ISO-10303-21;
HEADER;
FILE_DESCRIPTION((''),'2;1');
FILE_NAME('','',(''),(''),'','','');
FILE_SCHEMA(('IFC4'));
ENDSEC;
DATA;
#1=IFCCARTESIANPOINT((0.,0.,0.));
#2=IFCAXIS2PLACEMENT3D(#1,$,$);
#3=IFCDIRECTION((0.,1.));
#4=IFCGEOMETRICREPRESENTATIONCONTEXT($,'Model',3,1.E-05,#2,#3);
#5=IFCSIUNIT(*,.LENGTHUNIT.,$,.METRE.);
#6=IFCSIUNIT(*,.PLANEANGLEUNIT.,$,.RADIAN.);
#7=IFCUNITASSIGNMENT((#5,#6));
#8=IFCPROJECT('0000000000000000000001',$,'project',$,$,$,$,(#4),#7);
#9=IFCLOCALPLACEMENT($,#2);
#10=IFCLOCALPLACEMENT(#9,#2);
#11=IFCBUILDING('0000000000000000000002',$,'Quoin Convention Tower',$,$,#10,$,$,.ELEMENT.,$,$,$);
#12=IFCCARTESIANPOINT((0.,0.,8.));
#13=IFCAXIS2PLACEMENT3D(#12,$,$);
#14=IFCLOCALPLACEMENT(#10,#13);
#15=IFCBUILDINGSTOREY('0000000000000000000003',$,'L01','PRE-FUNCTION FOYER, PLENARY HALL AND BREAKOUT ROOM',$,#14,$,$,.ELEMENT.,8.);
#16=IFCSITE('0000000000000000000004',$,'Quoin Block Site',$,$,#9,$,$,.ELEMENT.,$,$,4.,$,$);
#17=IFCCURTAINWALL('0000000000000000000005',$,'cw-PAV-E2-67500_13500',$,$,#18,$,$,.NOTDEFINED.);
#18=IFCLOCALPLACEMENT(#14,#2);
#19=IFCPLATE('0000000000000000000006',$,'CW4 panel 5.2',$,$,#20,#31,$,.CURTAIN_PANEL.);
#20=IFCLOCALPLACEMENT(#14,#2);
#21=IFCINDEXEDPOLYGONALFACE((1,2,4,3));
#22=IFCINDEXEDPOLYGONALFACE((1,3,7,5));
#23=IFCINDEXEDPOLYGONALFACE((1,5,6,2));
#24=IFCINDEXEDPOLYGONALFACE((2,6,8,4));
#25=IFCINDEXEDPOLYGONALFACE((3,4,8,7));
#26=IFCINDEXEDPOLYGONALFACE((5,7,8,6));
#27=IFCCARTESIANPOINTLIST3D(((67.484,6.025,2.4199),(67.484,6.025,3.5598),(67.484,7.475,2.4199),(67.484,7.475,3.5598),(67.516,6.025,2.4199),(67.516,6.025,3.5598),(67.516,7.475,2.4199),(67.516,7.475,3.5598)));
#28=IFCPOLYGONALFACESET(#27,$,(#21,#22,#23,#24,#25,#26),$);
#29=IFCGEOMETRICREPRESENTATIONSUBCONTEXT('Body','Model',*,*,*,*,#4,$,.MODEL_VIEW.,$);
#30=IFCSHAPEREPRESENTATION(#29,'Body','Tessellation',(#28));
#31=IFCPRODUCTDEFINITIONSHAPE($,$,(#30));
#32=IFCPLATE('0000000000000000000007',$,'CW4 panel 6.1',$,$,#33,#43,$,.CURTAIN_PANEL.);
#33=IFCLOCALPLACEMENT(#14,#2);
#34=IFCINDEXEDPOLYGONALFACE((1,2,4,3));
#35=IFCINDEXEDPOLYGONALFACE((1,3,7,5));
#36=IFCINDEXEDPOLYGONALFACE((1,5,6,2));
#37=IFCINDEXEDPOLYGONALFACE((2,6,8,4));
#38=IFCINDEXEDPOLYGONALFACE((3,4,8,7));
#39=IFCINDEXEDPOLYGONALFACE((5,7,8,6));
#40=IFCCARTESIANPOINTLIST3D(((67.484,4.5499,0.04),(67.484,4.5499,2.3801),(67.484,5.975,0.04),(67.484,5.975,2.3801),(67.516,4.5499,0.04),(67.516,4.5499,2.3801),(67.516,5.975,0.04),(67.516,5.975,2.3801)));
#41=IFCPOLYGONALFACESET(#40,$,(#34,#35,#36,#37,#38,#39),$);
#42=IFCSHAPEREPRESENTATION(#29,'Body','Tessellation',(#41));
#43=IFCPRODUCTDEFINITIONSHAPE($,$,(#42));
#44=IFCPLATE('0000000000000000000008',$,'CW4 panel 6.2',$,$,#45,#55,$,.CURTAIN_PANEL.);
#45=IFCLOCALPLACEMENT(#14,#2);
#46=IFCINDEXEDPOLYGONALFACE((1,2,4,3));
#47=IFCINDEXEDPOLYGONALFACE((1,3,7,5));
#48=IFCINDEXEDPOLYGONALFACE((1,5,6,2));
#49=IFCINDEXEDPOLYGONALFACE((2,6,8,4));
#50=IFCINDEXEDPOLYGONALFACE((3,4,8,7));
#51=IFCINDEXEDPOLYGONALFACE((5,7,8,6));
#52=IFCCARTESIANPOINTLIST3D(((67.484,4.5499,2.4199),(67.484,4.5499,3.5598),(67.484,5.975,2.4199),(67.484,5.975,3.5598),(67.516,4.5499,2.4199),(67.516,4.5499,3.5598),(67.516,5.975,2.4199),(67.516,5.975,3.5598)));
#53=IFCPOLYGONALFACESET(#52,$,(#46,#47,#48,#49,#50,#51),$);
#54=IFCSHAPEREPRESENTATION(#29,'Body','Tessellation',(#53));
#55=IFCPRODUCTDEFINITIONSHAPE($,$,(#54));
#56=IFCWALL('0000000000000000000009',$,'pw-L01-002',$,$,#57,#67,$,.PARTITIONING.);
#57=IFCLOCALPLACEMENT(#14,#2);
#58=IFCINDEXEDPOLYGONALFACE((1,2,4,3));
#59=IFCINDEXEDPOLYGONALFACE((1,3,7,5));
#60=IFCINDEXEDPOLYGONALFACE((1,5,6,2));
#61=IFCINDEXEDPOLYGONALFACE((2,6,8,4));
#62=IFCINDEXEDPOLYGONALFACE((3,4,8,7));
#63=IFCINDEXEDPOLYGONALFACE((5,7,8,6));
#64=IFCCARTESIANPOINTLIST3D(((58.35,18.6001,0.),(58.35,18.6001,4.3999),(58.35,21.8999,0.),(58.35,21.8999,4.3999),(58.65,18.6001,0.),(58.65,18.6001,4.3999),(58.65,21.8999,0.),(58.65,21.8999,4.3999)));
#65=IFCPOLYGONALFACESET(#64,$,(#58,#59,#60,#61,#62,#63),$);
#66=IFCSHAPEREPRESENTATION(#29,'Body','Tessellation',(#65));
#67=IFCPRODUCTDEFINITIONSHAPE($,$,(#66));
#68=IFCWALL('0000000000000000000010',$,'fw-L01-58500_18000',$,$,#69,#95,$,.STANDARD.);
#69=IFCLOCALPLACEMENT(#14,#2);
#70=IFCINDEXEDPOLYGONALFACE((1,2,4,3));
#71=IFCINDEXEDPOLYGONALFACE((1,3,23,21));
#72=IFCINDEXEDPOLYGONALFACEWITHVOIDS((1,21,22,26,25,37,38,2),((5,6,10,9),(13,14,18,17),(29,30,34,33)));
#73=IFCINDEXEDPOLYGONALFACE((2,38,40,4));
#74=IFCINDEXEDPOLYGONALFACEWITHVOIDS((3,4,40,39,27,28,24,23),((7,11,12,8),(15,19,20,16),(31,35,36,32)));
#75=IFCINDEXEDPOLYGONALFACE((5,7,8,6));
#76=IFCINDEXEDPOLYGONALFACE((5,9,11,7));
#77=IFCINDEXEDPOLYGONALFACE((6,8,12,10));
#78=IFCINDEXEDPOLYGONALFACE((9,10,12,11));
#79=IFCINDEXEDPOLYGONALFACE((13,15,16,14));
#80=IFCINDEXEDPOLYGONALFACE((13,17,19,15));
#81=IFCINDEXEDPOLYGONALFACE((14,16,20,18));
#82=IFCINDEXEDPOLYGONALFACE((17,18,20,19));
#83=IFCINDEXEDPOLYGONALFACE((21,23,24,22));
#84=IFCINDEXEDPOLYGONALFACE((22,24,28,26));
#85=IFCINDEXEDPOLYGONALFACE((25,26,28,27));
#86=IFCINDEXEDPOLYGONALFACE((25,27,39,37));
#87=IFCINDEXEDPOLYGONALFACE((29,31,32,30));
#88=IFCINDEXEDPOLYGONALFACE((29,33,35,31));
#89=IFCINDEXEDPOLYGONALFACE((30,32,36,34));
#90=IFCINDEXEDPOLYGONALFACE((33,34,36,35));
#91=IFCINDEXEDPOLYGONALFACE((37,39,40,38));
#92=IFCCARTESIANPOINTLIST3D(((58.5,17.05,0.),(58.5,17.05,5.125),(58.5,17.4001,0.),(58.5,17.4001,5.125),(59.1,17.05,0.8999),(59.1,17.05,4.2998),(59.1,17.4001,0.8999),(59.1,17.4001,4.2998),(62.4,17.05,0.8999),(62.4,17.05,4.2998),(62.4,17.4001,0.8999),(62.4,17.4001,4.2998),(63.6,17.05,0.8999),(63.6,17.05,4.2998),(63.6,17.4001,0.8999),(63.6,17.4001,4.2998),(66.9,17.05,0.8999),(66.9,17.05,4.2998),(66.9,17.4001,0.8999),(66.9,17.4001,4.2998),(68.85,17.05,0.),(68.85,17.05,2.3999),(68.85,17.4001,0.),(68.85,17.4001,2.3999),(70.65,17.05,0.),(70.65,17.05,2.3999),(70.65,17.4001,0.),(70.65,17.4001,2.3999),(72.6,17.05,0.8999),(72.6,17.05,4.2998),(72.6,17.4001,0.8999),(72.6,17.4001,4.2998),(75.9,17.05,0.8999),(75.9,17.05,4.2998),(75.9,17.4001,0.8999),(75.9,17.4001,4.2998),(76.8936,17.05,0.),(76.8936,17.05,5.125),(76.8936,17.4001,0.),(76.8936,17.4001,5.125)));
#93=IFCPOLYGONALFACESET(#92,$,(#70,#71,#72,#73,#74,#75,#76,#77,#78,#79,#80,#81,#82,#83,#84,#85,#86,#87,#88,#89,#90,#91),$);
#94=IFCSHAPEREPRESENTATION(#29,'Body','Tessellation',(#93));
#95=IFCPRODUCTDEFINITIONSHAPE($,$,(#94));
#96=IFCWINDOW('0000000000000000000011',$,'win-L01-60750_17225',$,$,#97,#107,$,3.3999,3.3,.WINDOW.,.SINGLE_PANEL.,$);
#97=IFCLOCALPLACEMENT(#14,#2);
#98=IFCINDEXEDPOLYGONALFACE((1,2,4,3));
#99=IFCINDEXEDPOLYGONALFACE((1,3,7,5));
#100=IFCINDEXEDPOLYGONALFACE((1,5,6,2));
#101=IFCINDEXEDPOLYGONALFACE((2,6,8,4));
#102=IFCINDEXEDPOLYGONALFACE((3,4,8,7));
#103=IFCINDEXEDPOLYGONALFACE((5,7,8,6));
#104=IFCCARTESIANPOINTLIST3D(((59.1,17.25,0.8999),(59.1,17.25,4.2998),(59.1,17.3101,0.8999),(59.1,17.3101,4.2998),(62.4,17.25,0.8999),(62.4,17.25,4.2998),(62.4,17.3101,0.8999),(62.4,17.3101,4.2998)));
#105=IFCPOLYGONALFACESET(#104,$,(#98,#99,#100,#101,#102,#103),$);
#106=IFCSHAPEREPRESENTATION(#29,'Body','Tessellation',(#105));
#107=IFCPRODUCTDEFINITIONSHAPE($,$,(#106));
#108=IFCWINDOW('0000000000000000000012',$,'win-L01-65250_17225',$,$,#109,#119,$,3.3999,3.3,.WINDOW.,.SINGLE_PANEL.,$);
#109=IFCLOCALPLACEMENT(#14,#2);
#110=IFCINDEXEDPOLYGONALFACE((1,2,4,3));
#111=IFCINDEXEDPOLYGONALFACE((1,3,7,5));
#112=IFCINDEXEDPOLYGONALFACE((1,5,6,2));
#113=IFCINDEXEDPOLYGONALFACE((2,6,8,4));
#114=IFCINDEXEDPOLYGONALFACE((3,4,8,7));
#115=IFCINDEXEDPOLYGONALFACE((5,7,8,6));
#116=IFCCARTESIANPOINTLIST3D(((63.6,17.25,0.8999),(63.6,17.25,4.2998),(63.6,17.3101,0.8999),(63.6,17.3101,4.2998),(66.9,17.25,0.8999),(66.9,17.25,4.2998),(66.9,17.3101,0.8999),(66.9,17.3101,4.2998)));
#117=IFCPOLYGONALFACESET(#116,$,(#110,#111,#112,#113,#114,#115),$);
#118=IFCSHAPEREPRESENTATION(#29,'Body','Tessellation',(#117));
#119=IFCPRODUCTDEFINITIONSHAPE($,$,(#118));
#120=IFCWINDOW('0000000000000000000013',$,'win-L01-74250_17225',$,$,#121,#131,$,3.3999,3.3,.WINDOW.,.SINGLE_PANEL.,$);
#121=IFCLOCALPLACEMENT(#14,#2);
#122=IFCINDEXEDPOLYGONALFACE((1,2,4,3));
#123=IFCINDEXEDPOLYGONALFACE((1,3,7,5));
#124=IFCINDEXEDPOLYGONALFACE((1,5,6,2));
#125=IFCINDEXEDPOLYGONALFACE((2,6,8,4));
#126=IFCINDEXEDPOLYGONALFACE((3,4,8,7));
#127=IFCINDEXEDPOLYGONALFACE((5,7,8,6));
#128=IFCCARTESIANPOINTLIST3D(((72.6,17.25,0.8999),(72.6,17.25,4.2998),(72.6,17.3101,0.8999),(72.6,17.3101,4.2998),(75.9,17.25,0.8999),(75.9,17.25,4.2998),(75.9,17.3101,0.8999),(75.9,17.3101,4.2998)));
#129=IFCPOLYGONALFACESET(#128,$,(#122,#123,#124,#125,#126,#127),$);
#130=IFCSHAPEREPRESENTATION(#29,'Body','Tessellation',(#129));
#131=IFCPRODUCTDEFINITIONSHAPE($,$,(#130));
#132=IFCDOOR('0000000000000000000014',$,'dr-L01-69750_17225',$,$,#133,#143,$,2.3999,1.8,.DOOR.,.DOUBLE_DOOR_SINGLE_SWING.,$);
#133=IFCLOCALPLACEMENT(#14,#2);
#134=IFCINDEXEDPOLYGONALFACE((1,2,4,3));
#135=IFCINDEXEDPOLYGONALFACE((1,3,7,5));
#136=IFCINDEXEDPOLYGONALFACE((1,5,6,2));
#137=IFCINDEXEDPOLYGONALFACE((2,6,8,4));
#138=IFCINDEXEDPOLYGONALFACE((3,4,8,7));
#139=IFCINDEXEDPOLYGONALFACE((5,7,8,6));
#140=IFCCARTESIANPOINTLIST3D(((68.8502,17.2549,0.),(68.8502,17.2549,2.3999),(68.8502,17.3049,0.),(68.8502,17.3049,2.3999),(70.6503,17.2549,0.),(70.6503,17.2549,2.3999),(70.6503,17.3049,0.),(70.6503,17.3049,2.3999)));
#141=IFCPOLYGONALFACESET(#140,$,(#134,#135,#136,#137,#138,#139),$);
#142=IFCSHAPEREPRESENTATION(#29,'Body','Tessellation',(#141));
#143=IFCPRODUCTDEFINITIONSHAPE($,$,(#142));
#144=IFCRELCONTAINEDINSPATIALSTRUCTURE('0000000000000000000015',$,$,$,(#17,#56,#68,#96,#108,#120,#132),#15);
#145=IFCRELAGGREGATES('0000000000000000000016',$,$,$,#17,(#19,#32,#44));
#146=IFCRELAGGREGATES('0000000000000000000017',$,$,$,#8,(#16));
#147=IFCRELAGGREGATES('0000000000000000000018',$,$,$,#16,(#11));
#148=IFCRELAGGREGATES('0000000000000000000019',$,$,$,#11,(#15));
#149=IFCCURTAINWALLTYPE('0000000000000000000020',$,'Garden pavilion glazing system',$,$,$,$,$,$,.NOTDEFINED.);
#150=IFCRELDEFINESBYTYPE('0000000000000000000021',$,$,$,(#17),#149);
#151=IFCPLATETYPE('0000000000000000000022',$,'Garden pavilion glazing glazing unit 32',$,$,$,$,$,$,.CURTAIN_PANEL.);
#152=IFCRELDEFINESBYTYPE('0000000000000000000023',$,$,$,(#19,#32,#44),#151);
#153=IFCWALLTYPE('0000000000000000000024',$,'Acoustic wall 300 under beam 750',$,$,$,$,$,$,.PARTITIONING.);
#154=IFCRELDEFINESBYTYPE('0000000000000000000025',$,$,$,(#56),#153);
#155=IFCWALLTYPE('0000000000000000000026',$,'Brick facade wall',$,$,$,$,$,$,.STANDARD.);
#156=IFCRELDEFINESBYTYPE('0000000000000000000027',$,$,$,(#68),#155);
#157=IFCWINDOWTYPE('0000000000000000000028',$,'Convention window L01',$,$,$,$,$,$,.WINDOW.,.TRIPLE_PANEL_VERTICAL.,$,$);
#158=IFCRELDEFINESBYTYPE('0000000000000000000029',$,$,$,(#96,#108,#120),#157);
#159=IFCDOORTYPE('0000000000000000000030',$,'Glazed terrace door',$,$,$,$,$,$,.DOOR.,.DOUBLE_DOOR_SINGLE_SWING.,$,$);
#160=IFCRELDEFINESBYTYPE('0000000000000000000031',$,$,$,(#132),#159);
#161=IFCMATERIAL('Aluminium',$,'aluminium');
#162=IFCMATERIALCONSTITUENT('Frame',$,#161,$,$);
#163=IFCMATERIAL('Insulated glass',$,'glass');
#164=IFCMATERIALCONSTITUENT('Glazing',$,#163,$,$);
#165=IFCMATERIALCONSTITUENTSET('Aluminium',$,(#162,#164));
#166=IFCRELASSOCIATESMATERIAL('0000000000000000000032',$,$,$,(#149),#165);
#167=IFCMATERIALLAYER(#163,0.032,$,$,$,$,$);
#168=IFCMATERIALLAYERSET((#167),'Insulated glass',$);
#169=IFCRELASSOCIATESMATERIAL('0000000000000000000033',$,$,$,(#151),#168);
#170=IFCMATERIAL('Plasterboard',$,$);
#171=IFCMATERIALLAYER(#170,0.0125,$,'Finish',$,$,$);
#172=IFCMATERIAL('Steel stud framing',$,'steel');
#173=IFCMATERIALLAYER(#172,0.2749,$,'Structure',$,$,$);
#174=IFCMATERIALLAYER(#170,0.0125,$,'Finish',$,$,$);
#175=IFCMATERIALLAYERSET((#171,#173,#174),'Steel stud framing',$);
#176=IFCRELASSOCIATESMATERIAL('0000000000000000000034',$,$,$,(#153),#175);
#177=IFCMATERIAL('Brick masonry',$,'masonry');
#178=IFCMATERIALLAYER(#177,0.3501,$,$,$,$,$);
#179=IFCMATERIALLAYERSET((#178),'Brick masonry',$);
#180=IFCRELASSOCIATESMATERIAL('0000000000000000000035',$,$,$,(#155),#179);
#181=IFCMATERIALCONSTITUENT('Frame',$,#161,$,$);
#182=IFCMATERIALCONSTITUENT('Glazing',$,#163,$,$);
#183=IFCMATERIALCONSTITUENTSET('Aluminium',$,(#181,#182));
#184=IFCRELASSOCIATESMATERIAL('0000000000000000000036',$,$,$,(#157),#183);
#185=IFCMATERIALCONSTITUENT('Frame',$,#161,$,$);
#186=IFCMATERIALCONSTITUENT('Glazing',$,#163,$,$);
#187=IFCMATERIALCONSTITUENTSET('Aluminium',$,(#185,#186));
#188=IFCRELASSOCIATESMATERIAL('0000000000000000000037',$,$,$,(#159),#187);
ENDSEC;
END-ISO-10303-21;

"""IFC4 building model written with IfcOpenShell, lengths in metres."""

from ifc_helpers import new_model, si_unit, direction, frame, frame_2d, origin, origin_2d, place, context, subcontext, project, spatial, rectangle, extrude, material, layer, layer_set, constituent, constituent_set, type_object, element, fill, aggregate, save


model = new_model("IFC4")

# Units and contexts
model_context = context("Model", 3, precision=1e-05, world=origin(), true_north=direction((0.0, 1.0)))
body_context = subcontext(model_context, "Body", "Model", "MODEL_VIEW")
ifc_project = project(units=[si_unit("LENGTHUNIT", "METRE"), si_unit("PLANEANGLEUNIT", "RADIAN")], contexts=[model_context])

# Site, building, storey
site_placement = place(None, origin())
site = spatial("IfcSite", under=ifc_project, at=site_placement, Name="Quoin Block Site", CompositionType="ELEMENT", RefElevation=4.0)
building_placement = place(site_placement, origin())
building = spatial("IfcBuilding", under=site, at=building_placement, Name="Quoin Convention Tower", CompositionType="ELEMENT")
storey_placement = place(building_placement, frame((0.0, 0.0, 8.0)))
storey = spatial("IfcBuildingStorey", under=building, at=storey_placement, Name="L01", Description="PRE-FUNCTION FOYER, PLENARY HALL AND BREAKOUT ROOM", CompositionType="ELEMENT", Elevation=8.0)

# Curtain wall
ifc_material_1 = material(Name="Aluminium", Category="aluminium")
ifc_constituent_1 = constituent(ifc_material_1, Name="Frame")
ifc_material_2 = material(Name="Insulated glass", Category="glass")
ifc_constituent_2 = constituent(ifc_material_2, Name="Glazing")
ifc_constituent_set_1 = constituent_set(constituents=[ifc_constituent_1, ifc_constituent_2], Name="Aluminium")
curtain_wall_type = type_object("IfcCurtainWallType", Name="Garden pavilion glazing system", PredefinedType="NOTDEFINED", material=ifc_constituent_set_1)
curtain_wall_placement = place(storey_placement, origin())
curtain_wall = element("IfcCurtainWall", 1, at=curtain_wall_placement, inside=storey, type_object=curtain_wall_type, Name="cw-PAV-E2-67500_13500", PredefinedType="NOTDEFINED")

# Plates
ifc_layer_1 = layer(ifc_material_2, 0.032)
ifc_layer_set_1 = layer_set([ifc_layer_1], Name="Insulated glass")
plate_type = type_object("IfcPlateType", Name="Garden pavilion glazing glazing unit 32", PredefinedType="CURTAIN_PANEL", material=ifc_layer_set_1)
plate_1_placement = place(storey_placement, frame((67.5, 6.75, 2.4199), z_axis=(0.0, 0.0, 1.0), x_axis=(0.0, -1.0, 0.0)))
plate_1 = element("IfcPlate", 2, at=plate_1_placement, type_object=plate_type, Name="CW4 panel 5.2", PredefinedType="CURTAIN_PANEL", context=body_context, shape_type="SweptSolid", body=[
    extrude(rectangle(XDim=1.45, YDim=0.032, at=origin_2d()), origin(), (0.0, 0.0, 1.0), 1.1399),
])
plate_2_placement = place(storey_placement, frame((67.5, 5.2625, 0.04), z_axis=(0.0, 0.0, 1.0), x_axis=(0.0, -1.0, 0.0)))
plate_2 = element("IfcPlate", 3, at=plate_2_placement, type_object=plate_type, Name="CW4 panel 6.1", PredefinedType="CURTAIN_PANEL", context=body_context, shape_type="SweptSolid", body=[
    extrude(rectangle(XDim=1.425, YDim=0.032, at=origin_2d()), origin(), (0.0, 0.0, 1.0), 2.3401),
])
plate_3_placement = place(storey_placement, frame((67.5, 5.2625, 2.4199), z_axis=(0.0, 0.0, 1.0), x_axis=(0.0, -1.0, 0.0)))
plate_3 = element("IfcPlate", 4, at=plate_3_placement, type_object=plate_type, Name="CW4 panel 6.2", PredefinedType="CURTAIN_PANEL", context=body_context, shape_type="SweptSolid", body=[
    extrude(rectangle(XDim=1.425, YDim=0.032, at=origin_2d()), origin(), (0.0, 0.0, 1.0), 1.1399),
])
aggregate(curtain_wall, [plate_1, plate_2, plate_3])

# Wall
ifc_material_3 = material(Name="Plasterboard")
ifc_layer_2 = layer(ifc_material_3, 0.0125, Name="Finish")
ifc_material_4 = material(Name="Steel stud framing", Category="steel")
ifc_layer_3 = layer(ifc_material_4, 0.2749, Name="Structure")
ifc_layer_4 = layer(ifc_material_3, 0.0125, Name="Finish")
ifc_layer_set_2 = layer_set([ifc_layer_2, ifc_layer_3, ifc_layer_4], Name="Steel stud framing")
wall_type_1 = type_object("IfcWallType", Name="Acoustic wall 300 under beam 750", PredefinedType="PARTITIONING", material=ifc_layer_set_2)
wall_1_placement = place(storey_placement, frame((58.5, 18.6001, 0.0), z_axis=(0.0, 0.0, 1.0), x_axis=(0.0, 1.0, 0.0)))
element("IfcWall", 5, at=wall_1_placement, inside=storey, type_object=wall_type_1, Name="pw-L01-002", PredefinedType="PARTITIONING", context=body_context, shape_type="SweptSolid", body=[
    extrude(rectangle(XDim=3.2998, YDim=0.3, at=frame_2d((1.6499, 0.0))), origin(), (0.0, 0.0, 1.0), 4.3999),
])

# Wall, openings, windows, door
ifc_material_5 = material(Name="Brick masonry", Category="masonry")
ifc_layer_5 = layer(ifc_material_5, 0.3501)
ifc_layer_set_3 = layer_set([ifc_layer_5], Name="Brick masonry")
wall_type_2 = type_object("IfcWallType", Name="Brick facade wall", PredefinedType="STANDARD", material=ifc_layer_set_3)
wall_2_placement = place(storey_placement, frame((58.5, 17.2251, 0.0), z_axis=(0.0, 0.0, 1.0), x_axis=(1.0, 0.0, 0.0)))
wall_2 = element("IfcWall", 6, at=wall_2_placement, inside=storey, type_object=wall_type_2, Name="fw-L01-58500_18000", PredefinedType="STANDARD", context=body_context, shape_type="SweptSolid", body=[
    extrude(rectangle(XDim=18.3936, YDim=0.3501, at=frame_2d((9.1968, 0.0))), origin(), (0.0, 0.0, 1.0), 5.125),
])
opening_1_placement = place(wall_2_placement, frame((0.6001, 0.0, 0.8999)))
opening_1 = element("IfcOpeningElement", 7, at=opening_1_placement, cuts=wall_2, PredefinedType="OPENING", context=body_context, shape_type="SweptSolid", body=[
    extrude(rectangle(XDim=3.3, YDim=3.3999, at=frame_2d((1.6499, 1.7))), frame((0.0, 0.1851, 0.0), z_axis=(0.0, -1.0, 0.0), x_axis=(1.0, 0.0, 0.0)), (0.0, 0.0, 1.0), 0.3701),
])
opening_2_placement = place(wall_2_placement, frame((5.1001, 0.0, 0.8999)))
opening_2 = element("IfcOpeningElement", 8, at=opening_2_placement, cuts=wall_2, PredefinedType="OPENING", context=body_context, shape_type="SweptSolid", body=[
    extrude(rectangle(XDim=3.3, YDim=3.3999, at=frame_2d((1.6499, 1.7))), frame((0.0, 0.1851, 0.0), z_axis=(0.0, -1.0, 0.0), x_axis=(1.0, 0.0, 0.0)), (0.0, 0.0, 1.0), 0.3701),
])
opening_3_placement = place(wall_2_placement, frame((10.3501, 0.0, 0.0)))
opening_3 = element("IfcOpeningElement", 9, at=opening_3_placement, cuts=wall_2, PredefinedType="OPENING", context=body_context, shape_type="SweptSolid", body=[
    extrude(rectangle(XDim=1.8, YDim=2.3999, at=frame_2d((0.8999, 1.2))), frame((0.0, 0.1851, 0.0), z_axis=(0.0, -1.0, 0.0), x_axis=(1.0, 0.0, 0.0)), (0.0, 0.0, 1.0), 0.3701),
])
opening_4_placement = place(wall_2_placement, frame((14.1001, 0.0, 0.8999)))
opening_4 = element("IfcOpeningElement", 10, at=opening_4_placement, cuts=wall_2, PredefinedType="OPENING", context=body_context, shape_type="SweptSolid", body=[
    extrude(rectangle(XDim=3.3, YDim=3.3999, at=frame_2d((1.6499, 1.7))), frame((0.0, 0.1851, 0.0), z_axis=(0.0, -1.0, 0.0), x_axis=(1.0, 0.0, 0.0)), (0.0, 0.0, 1.0), 0.3701),
])
ifc_constituent_3 = constituent(ifc_material_1, Name="Frame")
ifc_constituent_4 = constituent(ifc_material_2, Name="Glazing")
ifc_constituent_set_2 = constituent_set(constituents=[ifc_constituent_3, ifc_constituent_4], Name="Aluminium")
window_type = type_object("IfcWindowType", Name="Convention window L01", PartitioningType="TRIPLE_PANEL_VERTICAL", PredefinedType="WINDOW", material=ifc_constituent_set_2)
window_1_placement = place(opening_1_placement, origin())
window_1 = element("IfcWindow", 11, at=window_1_placement, inside=storey, type_object=window_type, Name="win-L01-60750_17225", OverallHeight=3.3999, OverallWidth=3.3, PartitioningType="SINGLE_PANEL", PredefinedType="WINDOW", context=body_context, shape_type="SweptSolid", body=[
    extrude(rectangle(XDim=3.3, YDim=3.3999, at=frame_2d((1.6499, 1.7))), frame((0.0, 0.085, 0.0), z_axis=(0.0, -1.0, 0.0), x_axis=(1.0, 0.0, 0.0)), (0.0, 0.0, 1.0), 0.0601),
])
fill(opening_1, window_1)
window_2_placement = place(opening_2_placement, origin())
window_2 = element("IfcWindow", 12, at=window_2_placement, inside=storey, type_object=window_type, Name="win-L01-65250_17225", OverallHeight=3.3999, OverallWidth=3.3, PartitioningType="SINGLE_PANEL", PredefinedType="WINDOW", context=body_context, shape_type="SweptSolid", body=[
    extrude(rectangle(XDim=3.3, YDim=3.3999, at=frame_2d((1.6499, 1.7))), frame((0.0, 0.085, 0.0), z_axis=(0.0, -1.0, 0.0), x_axis=(1.0, 0.0, 0.0)), (0.0, 0.0, 1.0), 0.0601),
])
fill(opening_2, window_2)
window_3_placement = place(opening_4_placement, origin())
window_3 = element("IfcWindow", 13, at=window_3_placement, inside=storey, type_object=window_type, Name="win-L01-74250_17225", OverallHeight=3.3999, OverallWidth=3.3, PartitioningType="SINGLE_PANEL", PredefinedType="WINDOW", context=body_context, shape_type="SweptSolid", body=[
    extrude(rectangle(XDim=3.3, YDim=3.3999, at=frame_2d((1.6499, 1.7))), frame((0.0, 0.085, 0.0), z_axis=(0.0, -1.0, 0.0), x_axis=(1.0, 0.0, 0.0)), (0.0, 0.0, 1.0), 0.0601),
])
fill(opening_4, window_3)
ifc_constituent_5 = constituent(ifc_material_1, Name="Frame")
ifc_constituent_6 = constituent(ifc_material_2, Name="Glazing")
ifc_constituent_set_3 = constituent_set(constituents=[ifc_constituent_5, ifc_constituent_6], Name="Aluminium")
door_type = type_object("IfcDoorType", Name="Glazed terrace door", OperationType="DOUBLE_DOOR_SINGLE_SWING", PredefinedType="DOOR", material=ifc_constituent_set_3)
door_placement = place(opening_3_placement, frame((1.8, 0.0, 0.0), z_axis=(0.0, 0.0, 1.0), x_axis=(-1.0, 0.0, 0.0)))
door = element("IfcDoor", 14, at=door_placement, inside=storey, type_object=door_type, Name="dr-L01-69750_17225", OperationType="DOUBLE_DOOR_SINGLE_SWING", OverallHeight=2.3999, OverallWidth=1.8, PredefinedType="DOOR", context=body_context, shape_type="SweptSolid", body=[
    extrude(rectangle(XDim=1.8, YDim=2.3999, at=frame_2d((0.8999, 1.2))), frame((0.0, -0.0298, 0.0), z_axis=(0.0, -1.0, 0.0), x_axis=(1.0, 0.0, 0.0)), (0.0, 0.0, 1.0), 0.05),
])
fill(opening_3, door)

save(model, "model.ifc")
